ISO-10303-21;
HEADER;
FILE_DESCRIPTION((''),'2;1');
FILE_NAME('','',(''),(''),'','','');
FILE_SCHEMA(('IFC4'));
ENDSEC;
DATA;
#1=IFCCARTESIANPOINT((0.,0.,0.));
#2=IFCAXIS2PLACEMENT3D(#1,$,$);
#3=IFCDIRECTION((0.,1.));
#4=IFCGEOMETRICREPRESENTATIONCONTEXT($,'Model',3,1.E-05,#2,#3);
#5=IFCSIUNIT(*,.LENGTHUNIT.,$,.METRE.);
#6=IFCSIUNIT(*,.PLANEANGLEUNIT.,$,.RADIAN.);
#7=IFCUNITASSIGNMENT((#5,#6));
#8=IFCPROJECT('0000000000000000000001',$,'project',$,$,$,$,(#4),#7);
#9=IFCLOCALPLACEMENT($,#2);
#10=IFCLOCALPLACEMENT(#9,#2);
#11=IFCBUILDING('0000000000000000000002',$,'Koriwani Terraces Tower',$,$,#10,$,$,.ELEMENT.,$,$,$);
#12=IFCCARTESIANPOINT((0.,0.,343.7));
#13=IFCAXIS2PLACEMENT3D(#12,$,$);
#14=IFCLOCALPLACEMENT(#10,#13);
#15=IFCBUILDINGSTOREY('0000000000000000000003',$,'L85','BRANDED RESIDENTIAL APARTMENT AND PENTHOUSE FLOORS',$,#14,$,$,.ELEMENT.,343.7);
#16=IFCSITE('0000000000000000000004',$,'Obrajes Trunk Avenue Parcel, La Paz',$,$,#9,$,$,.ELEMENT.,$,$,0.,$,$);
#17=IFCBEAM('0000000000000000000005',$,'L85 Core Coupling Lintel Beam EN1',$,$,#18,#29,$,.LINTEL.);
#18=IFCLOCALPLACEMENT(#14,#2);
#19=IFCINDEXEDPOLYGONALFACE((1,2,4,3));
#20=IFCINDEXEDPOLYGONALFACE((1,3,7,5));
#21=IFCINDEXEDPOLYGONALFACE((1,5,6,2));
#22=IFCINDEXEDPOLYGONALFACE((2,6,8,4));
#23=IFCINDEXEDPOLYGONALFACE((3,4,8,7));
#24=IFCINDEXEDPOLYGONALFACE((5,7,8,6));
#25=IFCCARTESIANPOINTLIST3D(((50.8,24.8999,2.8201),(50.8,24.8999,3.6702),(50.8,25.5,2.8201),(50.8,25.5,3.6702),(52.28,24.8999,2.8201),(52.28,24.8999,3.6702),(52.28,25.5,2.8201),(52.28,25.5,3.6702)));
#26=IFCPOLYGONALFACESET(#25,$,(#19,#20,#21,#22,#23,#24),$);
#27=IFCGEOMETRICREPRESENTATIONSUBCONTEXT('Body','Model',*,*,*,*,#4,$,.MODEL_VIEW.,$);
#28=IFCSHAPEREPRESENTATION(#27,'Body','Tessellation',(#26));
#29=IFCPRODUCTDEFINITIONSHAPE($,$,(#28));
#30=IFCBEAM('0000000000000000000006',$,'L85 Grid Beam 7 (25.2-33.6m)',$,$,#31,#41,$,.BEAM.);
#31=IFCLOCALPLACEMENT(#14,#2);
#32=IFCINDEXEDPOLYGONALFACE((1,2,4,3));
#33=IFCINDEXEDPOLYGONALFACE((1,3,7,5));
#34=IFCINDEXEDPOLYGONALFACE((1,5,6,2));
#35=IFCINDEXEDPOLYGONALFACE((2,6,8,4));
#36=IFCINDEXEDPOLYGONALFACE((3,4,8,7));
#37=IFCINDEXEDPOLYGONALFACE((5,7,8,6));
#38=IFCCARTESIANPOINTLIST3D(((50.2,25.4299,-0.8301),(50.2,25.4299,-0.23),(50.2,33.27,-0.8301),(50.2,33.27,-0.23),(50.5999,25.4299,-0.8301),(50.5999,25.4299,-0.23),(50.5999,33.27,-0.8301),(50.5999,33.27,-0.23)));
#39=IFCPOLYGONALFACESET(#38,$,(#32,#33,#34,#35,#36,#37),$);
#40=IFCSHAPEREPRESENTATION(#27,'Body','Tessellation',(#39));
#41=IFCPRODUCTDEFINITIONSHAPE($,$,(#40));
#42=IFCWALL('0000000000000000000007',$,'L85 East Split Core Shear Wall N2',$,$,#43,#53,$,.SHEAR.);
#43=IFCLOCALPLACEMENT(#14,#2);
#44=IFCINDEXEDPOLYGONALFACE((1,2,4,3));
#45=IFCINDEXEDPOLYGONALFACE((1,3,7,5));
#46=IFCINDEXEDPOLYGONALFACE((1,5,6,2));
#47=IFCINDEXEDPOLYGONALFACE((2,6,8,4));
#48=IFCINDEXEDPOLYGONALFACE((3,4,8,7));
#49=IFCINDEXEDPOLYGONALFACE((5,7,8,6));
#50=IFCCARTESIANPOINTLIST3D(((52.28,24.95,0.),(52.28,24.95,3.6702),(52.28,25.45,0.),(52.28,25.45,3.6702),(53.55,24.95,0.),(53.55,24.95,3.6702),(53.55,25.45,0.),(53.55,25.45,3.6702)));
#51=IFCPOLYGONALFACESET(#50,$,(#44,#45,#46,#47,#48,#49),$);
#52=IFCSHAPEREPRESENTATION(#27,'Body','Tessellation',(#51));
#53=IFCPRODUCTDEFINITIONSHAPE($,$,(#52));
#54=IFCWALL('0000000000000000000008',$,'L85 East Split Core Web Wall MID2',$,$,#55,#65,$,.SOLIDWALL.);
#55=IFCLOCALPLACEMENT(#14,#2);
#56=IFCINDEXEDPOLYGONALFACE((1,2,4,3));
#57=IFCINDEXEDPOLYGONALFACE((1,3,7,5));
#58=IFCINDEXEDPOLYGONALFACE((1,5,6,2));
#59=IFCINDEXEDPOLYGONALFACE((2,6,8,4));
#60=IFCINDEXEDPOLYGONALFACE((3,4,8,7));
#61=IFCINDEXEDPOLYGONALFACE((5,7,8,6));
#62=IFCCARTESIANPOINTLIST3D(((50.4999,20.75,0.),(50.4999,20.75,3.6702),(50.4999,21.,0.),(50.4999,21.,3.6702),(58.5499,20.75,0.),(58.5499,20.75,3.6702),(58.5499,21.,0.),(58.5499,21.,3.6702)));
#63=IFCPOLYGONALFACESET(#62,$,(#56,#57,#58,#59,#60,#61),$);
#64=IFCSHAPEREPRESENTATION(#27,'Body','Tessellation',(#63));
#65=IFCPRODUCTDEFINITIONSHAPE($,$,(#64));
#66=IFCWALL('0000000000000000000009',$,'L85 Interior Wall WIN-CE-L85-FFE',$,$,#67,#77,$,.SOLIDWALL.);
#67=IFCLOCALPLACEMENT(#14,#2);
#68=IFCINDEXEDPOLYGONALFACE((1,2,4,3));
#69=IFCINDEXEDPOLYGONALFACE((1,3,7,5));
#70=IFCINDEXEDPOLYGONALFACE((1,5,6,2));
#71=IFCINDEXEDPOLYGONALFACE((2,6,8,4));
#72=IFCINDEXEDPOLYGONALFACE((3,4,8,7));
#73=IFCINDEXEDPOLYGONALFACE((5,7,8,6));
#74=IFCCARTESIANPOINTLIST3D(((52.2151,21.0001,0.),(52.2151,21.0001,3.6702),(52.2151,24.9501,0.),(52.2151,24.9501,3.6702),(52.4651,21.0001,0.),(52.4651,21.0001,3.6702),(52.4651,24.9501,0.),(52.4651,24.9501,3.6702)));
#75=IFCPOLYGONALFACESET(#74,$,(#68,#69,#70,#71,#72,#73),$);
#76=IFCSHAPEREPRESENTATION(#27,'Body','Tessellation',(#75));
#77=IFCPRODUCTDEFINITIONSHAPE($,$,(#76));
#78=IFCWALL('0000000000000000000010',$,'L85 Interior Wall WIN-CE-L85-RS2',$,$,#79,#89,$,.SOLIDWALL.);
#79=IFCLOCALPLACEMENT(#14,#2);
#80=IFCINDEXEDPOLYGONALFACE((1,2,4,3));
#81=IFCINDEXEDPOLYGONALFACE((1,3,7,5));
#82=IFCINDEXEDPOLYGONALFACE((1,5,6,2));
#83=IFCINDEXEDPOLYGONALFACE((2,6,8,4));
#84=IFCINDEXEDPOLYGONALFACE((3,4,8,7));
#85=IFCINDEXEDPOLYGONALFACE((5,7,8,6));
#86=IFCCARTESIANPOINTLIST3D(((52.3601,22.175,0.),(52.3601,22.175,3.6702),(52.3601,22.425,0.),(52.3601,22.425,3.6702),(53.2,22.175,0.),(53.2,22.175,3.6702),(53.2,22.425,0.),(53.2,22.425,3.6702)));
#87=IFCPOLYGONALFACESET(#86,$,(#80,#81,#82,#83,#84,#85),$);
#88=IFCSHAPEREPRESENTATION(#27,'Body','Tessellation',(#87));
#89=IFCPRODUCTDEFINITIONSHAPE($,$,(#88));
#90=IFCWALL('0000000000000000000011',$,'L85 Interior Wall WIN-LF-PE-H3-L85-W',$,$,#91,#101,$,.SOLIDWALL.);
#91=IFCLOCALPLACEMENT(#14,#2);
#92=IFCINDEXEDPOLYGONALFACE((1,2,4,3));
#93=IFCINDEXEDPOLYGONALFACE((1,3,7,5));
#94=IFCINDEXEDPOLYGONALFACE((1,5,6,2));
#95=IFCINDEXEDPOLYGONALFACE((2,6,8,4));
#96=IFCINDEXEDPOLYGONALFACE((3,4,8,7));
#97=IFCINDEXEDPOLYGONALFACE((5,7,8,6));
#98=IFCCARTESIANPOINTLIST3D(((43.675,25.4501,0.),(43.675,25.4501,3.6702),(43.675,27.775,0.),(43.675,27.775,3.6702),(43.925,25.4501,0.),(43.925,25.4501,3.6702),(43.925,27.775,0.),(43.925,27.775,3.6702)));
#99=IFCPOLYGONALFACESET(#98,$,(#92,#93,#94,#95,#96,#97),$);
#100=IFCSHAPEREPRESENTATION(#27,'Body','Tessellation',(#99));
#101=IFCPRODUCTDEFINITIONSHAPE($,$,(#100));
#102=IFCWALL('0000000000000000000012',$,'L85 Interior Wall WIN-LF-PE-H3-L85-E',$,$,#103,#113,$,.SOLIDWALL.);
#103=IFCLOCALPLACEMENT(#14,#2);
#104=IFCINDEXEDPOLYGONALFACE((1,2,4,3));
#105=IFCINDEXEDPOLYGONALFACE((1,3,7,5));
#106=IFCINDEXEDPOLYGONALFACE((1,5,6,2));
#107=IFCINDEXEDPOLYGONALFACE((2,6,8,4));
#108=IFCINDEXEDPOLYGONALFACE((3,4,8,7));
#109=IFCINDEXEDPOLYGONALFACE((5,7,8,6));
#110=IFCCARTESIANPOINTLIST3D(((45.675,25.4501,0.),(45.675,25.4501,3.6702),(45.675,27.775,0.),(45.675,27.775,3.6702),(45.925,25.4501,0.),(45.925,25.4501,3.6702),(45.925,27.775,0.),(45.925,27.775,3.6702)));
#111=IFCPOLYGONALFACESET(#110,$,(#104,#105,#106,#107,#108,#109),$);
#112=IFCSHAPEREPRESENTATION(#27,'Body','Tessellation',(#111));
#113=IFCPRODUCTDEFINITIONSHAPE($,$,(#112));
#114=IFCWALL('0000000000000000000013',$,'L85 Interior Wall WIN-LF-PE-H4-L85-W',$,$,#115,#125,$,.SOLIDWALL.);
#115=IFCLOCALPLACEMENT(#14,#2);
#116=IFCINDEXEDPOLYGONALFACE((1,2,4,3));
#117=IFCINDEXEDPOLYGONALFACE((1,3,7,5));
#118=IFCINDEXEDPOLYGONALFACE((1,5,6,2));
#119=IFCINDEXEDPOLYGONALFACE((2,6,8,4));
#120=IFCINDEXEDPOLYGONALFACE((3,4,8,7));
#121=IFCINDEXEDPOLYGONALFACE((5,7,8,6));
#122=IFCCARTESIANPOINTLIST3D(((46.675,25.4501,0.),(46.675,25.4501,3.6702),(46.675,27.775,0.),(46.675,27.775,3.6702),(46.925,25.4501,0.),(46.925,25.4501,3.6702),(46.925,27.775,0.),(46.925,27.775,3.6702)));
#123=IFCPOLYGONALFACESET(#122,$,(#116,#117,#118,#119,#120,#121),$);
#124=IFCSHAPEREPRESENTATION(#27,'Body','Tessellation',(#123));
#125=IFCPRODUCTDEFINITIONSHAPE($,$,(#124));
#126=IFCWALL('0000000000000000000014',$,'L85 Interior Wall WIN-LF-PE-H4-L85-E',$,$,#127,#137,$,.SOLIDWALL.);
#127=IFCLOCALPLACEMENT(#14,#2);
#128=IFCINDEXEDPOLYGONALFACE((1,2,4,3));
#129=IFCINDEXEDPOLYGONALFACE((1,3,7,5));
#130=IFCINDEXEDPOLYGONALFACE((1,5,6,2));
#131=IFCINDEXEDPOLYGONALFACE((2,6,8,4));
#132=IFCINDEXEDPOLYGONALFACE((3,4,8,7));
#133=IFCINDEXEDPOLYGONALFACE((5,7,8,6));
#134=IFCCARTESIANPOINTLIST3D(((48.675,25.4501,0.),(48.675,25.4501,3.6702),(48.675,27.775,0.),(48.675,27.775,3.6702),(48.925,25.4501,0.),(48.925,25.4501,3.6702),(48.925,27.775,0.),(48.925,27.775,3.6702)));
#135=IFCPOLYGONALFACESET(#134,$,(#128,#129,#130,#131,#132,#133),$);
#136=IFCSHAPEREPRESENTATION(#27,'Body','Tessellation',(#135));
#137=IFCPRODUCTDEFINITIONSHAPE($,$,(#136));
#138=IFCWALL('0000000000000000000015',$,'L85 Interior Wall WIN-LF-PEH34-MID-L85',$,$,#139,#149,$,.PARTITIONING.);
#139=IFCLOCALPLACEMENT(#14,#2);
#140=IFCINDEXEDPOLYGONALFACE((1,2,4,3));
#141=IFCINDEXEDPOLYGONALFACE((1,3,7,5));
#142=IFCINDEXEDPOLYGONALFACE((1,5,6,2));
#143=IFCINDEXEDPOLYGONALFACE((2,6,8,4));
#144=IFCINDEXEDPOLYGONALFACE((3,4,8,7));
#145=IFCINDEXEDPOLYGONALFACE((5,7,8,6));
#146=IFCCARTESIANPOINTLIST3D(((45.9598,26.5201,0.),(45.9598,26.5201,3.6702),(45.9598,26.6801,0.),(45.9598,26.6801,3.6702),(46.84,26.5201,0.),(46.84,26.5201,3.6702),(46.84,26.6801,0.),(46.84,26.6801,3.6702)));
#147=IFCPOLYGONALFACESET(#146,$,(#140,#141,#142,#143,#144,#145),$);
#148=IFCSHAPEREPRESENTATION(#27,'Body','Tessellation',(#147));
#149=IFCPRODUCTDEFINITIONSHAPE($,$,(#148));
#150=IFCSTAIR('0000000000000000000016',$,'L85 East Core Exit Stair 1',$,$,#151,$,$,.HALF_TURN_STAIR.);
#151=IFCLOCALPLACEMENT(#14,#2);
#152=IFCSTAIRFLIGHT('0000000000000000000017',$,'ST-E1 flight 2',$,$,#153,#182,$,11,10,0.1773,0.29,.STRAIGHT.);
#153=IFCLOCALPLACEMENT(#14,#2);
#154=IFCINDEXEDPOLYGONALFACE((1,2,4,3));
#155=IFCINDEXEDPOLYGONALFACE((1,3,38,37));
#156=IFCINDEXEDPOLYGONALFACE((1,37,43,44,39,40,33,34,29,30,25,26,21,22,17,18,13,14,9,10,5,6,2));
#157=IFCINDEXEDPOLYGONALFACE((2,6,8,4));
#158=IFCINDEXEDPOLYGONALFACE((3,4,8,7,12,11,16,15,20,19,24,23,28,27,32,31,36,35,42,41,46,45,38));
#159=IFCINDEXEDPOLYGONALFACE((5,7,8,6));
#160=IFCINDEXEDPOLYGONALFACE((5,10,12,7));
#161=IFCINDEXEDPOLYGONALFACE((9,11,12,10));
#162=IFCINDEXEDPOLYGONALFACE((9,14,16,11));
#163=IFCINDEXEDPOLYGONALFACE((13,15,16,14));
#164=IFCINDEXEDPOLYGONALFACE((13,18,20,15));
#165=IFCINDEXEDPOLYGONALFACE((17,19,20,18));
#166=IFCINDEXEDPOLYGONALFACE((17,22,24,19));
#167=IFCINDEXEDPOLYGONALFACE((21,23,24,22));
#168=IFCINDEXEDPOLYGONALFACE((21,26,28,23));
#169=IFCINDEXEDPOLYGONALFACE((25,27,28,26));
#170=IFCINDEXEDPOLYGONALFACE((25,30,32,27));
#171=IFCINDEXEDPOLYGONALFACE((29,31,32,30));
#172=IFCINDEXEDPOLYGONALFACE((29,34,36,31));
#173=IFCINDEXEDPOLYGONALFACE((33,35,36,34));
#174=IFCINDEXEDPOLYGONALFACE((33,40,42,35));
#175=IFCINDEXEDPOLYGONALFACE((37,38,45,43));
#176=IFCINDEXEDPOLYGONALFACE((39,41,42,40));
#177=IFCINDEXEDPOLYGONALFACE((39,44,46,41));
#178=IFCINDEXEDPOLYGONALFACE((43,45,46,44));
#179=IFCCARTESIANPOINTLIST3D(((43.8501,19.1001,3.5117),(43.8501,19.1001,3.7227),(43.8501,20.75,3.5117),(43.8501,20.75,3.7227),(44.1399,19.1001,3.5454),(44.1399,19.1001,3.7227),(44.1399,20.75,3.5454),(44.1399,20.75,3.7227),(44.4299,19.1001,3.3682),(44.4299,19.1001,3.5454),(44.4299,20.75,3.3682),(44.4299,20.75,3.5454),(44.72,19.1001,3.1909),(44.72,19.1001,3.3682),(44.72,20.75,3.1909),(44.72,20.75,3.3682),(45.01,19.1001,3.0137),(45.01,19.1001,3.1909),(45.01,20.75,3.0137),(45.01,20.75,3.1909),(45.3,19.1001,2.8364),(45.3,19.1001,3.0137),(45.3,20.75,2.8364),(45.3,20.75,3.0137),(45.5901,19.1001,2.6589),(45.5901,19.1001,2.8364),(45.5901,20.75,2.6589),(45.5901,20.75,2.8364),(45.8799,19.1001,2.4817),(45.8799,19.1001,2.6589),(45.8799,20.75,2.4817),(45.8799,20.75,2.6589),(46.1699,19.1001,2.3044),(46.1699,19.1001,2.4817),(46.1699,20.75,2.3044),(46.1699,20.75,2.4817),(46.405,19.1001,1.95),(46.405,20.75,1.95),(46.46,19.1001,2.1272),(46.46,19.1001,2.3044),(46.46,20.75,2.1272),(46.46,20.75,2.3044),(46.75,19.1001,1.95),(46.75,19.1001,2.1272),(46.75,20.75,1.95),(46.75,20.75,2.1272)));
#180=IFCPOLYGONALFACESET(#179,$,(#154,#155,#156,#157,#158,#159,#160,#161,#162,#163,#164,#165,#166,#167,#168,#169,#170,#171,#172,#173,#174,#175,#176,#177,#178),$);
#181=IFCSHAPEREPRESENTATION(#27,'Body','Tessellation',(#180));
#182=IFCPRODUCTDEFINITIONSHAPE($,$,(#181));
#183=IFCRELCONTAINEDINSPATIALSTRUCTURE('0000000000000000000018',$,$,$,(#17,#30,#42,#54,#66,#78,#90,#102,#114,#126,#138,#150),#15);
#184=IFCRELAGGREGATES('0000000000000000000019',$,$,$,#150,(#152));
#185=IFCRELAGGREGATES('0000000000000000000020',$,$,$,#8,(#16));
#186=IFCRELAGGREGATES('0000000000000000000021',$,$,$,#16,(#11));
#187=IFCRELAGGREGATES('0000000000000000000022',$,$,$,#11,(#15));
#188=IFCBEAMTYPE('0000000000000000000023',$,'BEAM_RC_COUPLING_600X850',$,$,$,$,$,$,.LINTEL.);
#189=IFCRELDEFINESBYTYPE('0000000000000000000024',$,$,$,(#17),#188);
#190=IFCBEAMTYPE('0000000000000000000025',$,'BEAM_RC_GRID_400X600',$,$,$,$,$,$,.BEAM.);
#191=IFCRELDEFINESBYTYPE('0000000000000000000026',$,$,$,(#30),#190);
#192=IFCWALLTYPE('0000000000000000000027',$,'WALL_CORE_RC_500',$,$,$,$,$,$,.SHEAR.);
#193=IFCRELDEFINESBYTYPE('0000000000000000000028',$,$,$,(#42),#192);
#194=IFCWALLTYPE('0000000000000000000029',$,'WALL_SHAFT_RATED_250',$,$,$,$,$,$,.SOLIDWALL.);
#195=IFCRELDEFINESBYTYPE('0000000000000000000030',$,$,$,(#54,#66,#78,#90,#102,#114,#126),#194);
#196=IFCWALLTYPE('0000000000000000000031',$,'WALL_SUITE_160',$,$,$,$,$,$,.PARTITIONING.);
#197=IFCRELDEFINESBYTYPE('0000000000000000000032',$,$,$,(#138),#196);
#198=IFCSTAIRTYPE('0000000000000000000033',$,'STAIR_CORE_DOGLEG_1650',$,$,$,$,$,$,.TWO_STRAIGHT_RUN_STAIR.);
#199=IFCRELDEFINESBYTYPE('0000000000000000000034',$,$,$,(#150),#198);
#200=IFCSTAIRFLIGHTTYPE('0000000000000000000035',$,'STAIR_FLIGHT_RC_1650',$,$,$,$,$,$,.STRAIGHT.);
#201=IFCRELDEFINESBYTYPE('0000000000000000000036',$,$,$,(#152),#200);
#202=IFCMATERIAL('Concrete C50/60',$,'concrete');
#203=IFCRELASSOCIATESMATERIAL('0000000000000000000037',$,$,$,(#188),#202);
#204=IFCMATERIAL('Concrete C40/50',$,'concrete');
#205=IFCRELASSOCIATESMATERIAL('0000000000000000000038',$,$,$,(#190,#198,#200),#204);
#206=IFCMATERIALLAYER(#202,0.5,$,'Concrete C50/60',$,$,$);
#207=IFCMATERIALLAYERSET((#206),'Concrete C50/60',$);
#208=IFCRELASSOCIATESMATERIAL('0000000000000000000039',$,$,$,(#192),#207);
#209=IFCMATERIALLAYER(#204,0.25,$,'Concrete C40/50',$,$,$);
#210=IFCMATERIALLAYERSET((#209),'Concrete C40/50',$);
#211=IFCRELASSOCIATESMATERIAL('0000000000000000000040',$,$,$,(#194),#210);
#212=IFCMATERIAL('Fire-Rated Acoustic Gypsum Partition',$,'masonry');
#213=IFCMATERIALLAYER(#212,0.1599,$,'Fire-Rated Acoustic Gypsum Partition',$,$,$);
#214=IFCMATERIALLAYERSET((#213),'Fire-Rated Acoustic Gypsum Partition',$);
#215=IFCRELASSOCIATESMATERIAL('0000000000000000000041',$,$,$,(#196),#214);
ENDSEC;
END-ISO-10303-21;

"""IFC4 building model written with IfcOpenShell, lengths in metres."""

from ifc_helpers import new_model, si_unit, direction, frame, frame_2d, origin, origin_2d, place, context, subcontext, project, spatial, polyline, rectangle, outline, extrude, material, layer, layer_set, material_profile, profile_set, type_object, element, aggregate, save


model = new_model("IFC4")

# Units and contexts
model_context = context("Model", 3, precision=1e-05, world=origin(), true_north=direction((0.0, 1.0)))
body_context = subcontext(model_context, "Body", "Model", "MODEL_VIEW")
ifc_project = project(units=[si_unit("LENGTHUNIT", "METRE"), si_unit("PLANEANGLEUNIT", "RADIAN")], contexts=[model_context])

# Site, building, storey
site_placement = place(None, origin())
site = spatial("IfcSite", under=ifc_project, at=site_placement, Name="Obrajes Trunk Avenue Parcel, La Paz", CompositionType="ELEMENT", RefElevation=0.0)
building_placement = place(site_placement, origin())
building = spatial("IfcBuilding", under=site, at=building_placement, Name="Koriwani Terraces Tower", CompositionType="ELEMENT")
storey_placement = place(building_placement, frame((0.0, 0.0, 343.7)))
storey = spatial("IfcBuildingStorey", under=building, at=storey_placement, Name="L85", Description="BRANDED RESIDENTIAL APARTMENT AND PENTHOUSE FLOORS", CompositionType="ELEMENT", Elevation=343.7)

# Beams
ifc_material_1 = material(Name="Concrete C50/60", Category="concrete")
ifc_material_profile_1 = material_profile(ifc_material_1, rectangle(XDim=0.6001, YDim=0.8501, at=origin_2d()), Name="Concrete C50/60", Category="LoadBearing")
ifc_profile_set_1 = profile_set([ifc_material_profile_1], Name="Concrete C50/60")
beam_type_1 = type_object("IfcBeamType", Name="BEAM_RC_COUPLING_600X850", PredefinedType="LINTEL", material=ifc_profile_set_1)
beam_1_placement = place(storey_placement, frame((50.8, 25.2, 3.2451), z_axis=(1.0, 0.0, 0.0), x_axis=(0.0, 1.0, 0.0)))
element("IfcBeam", 1, at=beam_1_placement, inside=storey, type_object=beam_type_1, Name="L85 Core Coupling Lintel Beam EN1", PredefinedType="LINTEL", context=body_context, shape_type="SweptSolid", body=[
    extrude(rectangle(XDim=0.6001, YDim=0.8501, at=origin_2d()), origin(), (0.0, 0.0, 1.0), 1.48),
])
ifc_material_2 = material(Name="Concrete C40/50", Category="concrete")
ifc_material_profile_2 = material_profile(ifc_material_2, rectangle(XDim=0.3999, YDim=0.6001, at=origin_2d()), Name="Concrete C40/50", Category="LoadBearing")
ifc_profile_set_2 = profile_set([ifc_material_profile_2], Name="Concrete C40/50")
beam_type_2 = type_object("IfcBeamType", Name="BEAM_RC_GRID_400X600", PredefinedType="BEAM", material=ifc_profile_set_2)
beam_2_placement = place(storey_placement, frame((50.3999, 25.4299, -0.53), z_axis=(0.0, 1.0, 0.0), x_axis=(-1.0, 0.0, 0.0)))
element("IfcBeam", 2, at=beam_2_placement, inside=storey, type_object=beam_type_2, Name="L85 Grid Beam 7 (25.2-33.6m)", PredefinedType="BEAM", context=body_context, shape_type="SweptSolid", body=[
    extrude(rectangle(XDim=0.3999, YDim=0.6001, at=origin_2d()), origin(), (0.0, 0.0, 1.0), 7.8401),
])

# Walls
ifc_layer_1 = layer(ifc_material_1, 0.5, Name="Concrete C50/60")
ifc_layer_set_1 = layer_set([ifc_layer_1], Name="Concrete C50/60")
wall_type_1 = type_object("IfcWallType", Name="WALL_CORE_RC_500", PredefinedType="SHEAR", material=ifc_layer_set_1)
wall_1_placement = place(storey_placement, frame((52.28, 25.2, 0.0), z_axis=(0.0, 0.0, 1.0), x_axis=(1.0, 0.0, 0.0)))
element("IfcWall", 3, at=wall_1_placement, inside=storey, type_object=wall_type_1, Name="L85 East Split Core Shear Wall N2", PredefinedType="SHEAR", context=body_context, shape_type="SweptSolid", body=[
    extrude(rectangle(XDim=1.27, YDim=0.5, at=frame_2d((0.635, 0.0))), origin(), (0.0, 0.0, 1.0), 3.6702),
])
ifc_layer_2 = layer(ifc_material_2, 0.25, Name="Concrete C40/50")
ifc_layer_set_2 = layer_set([ifc_layer_2], Name="Concrete C40/50")
wall_type_2 = type_object("IfcWallType", Name="WALL_SHAFT_RATED_250", PredefinedType="SOLIDWALL", material=ifc_layer_set_2)
wall_2_placement = place(storey_placement, frame((50.5, 20.875, 0.0), z_axis=(0.0, 0.0, 1.0), x_axis=(1.0, 0.0, 0.0)))
element("IfcWall", 4, at=wall_2_placement, inside=storey, type_object=wall_type_2, Name="L85 East Split Core Web Wall MID2", PredefinedType="SOLIDWALL", context=body_context, shape_type="SweptSolid", body=[
    extrude(rectangle(XDim=8.05, YDim=0.25, at=frame_2d((4.0249, 0.0))), origin(), (0.0, 0.0, 1.0), 3.6702),
])

# Walls
wall_3_placement = place(storey_placement, frame((52.3401, 21.0, 0.0), z_axis=(0.0, 0.0, 1.0), x_axis=(0.0, 1.0, 0.0)))
element("IfcWall", 5, at=wall_3_placement, inside=storey, type_object=wall_type_2, Name="L85 Interior Wall WIN-CE-L85-FFE", PredefinedType="SOLIDWALL", context=body_context, shape_type="SweptSolid", body=[
    extrude(rectangle(XDim=3.95, YDim=0.25, at=frame_2d((1.9751, 0.0))), origin(), (0.0, 0.0, 1.0), 3.6702),
])
wall_4_placement = place(storey_placement, frame((52.3601, 22.3, 0.0), z_axis=(0.0, 0.0, 1.0), x_axis=(1.0, 0.0, 0.0)))
element("IfcWall", 6, at=wall_4_placement, inside=storey, type_object=wall_type_2, Name="L85 Interior Wall WIN-CE-L85-RS2", PredefinedType="SOLIDWALL", context=body_context, shape_type="SweptSolid", body=[
    extrude(rectangle(XDim=0.8398, YDim=0.25, at=frame_2d((0.4199, 0.0))), origin(), (0.0, 0.0, 1.0), 3.6702),
])

# Walls
for number, where, z_axis, x_axis, name in (
    (7, (43.8, 25.45, 0.0), (0.0, 0.0, 1.0), (0.0, 1.0, 0.0), "L85 Interior Wall WIN-LF-PE-H3-L85-W"),
    (8, (45.8, 25.45, 0.0), (0.0, 0.0, 1.0), (0.0, 1.0, 0.0), "L85 Interior Wall WIN-LF-PE-H3-L85-E"),
):
    element("IfcWall", number, at=place(storey_placement, frame(where, z_axis=z_axis, x_axis=x_axis)), inside=storey, type_object=wall_type_2, Name=name, PredefinedType="SOLIDWALL", context=body_context, shape_type="SweptSolid", body=[
        extrude(rectangle(XDim=2.325, YDim=0.25, at=frame_2d((1.1626, 0.0))), origin(), (0.0, 0.0, 1.0), 3.6702),
    ])

# Walls
for number, where, z_axis, x_axis, name in (
    (9, (46.8, 25.45, 0.0), (0.0, 0.0, 1.0), (0.0, 1.0, 0.0), "L85 Interior Wall WIN-LF-PE-H4-L85-W"),
    (10, (48.8, 25.45, 0.0), (0.0, 0.0, 1.0), (0.0, 1.0, 0.0), "L85 Interior Wall WIN-LF-PE-H4-L85-E"),
):
    element("IfcWall", number, at=place(storey_placement, frame(where, z_axis=z_axis, x_axis=x_axis)), inside=storey, type_object=wall_type_2, Name=name, PredefinedType="SOLIDWALL", context=body_context, shape_type="SweptSolid", body=[
        extrude(rectangle(XDim=2.325, YDim=0.25, at=frame_2d((1.1626, 0.0))), origin(), (0.0, 0.0, 1.0), 3.6702),
    ])
ifc_material_3 = material(Name="Fire-Rated Acoustic Gypsum Partition", Category="masonry")
ifc_layer_3 = layer(ifc_material_3, 0.1599, Name="Fire-Rated Acoustic Gypsum Partition")
ifc_layer_set_3 = layer_set([ifc_layer_3], Name="Fire-Rated Acoustic Gypsum Partition")
wall_type_3 = type_object("IfcWallType", Name="WALL_SUITE_160", PredefinedType="PARTITIONING", material=ifc_layer_set_3)
wall_5_placement = place(storey_placement, frame((45.96, 26.6001, 0.0), z_axis=(0.0, 0.0, 1.0), x_axis=(1.0, 0.0, 0.0)))
element("IfcWall", 11, at=wall_5_placement, inside=storey, type_object=wall_type_3, Name="L85 Interior Wall WIN-LF-PEH34-MID-L85", PredefinedType="PARTITIONING", context=body_context, shape_type="SweptSolid", body=[
    extrude(rectangle(XDim=0.8801, YDim=0.1599, at=frame_2d((0.4399, 0.0))), origin(), (0.0, 0.0, 1.0), 3.6702),
])

# Stair, stair flight
stair_type = type_object("IfcStairType", Name="STAIR_CORE_DOGLEG_1650", PredefinedType="TWO_STRAIGHT_RUN_STAIR", material=ifc_material_2)
stair_placement = place(storey_placement, origin())
stair = element("IfcStair", 12, at=stair_placement, inside=storey, type_object=stair_type, Name="L85 East Core Exit Stair 1", PredefinedType="HALF_TURN_STAIR")
stair_flight_type = type_object("IfcStairFlightType", Name="STAIR_FLIGHT_RC_1650", PredefinedType="STRAIGHT", material=ifc_material_2)
stair_flight_placement = place(storey_placement, frame((46.75, 19.925, 1.95), z_axis=(0.0, 0.0, 1.0), x_axis=(-1.0, 0.0, 0.0)))
stair_flight = element("IfcStairFlight", 13, at=stair_flight_placement, type_object=stair_flight_type, Name="ST-E1 flight 2", NumberOfRisers=11, NumberOfTreads=10, PredefinedType="STRAIGHT", RiserHeight=0.1773, TreadLength=0.29, context=body_context, shape_type="SweptSolid", body=[
    extrude(outline(polyline([(0.0, 0.0), (0.0, 0.1772), (0.29, 0.1772), (0.29, 0.3545), (0.5801, 0.3545), (0.5801, 0.5317), (0.8701, 0.5317), (0.8701, 0.709), (1.1599, 0.709), (1.1599, 0.8865), (1.45, 0.8865), (1.45, 1.0637), (1.74, 1.0637), (1.74, 1.241), (2.03, 1.241), (2.03, 1.4182), (2.3201, 1.4182), (2.3201, 1.5955), (2.6101, 1.5955), (2.6101, 1.7727), (2.8999, 1.7727), (2.8999, 1.95), (2.8999, 1.5618), (0.345, 0.0), (0.0, 0.0)])), frame((0.0, 0.825, 0.0), z_axis=(0.0, -1.0, 0.0), x_axis=(1.0, 0.0, 0.0)), (0.0, 0.0, 1.0), 1.6499),
])
aggregate(stair, [stair_flight])

save(model, "model.ifc")
